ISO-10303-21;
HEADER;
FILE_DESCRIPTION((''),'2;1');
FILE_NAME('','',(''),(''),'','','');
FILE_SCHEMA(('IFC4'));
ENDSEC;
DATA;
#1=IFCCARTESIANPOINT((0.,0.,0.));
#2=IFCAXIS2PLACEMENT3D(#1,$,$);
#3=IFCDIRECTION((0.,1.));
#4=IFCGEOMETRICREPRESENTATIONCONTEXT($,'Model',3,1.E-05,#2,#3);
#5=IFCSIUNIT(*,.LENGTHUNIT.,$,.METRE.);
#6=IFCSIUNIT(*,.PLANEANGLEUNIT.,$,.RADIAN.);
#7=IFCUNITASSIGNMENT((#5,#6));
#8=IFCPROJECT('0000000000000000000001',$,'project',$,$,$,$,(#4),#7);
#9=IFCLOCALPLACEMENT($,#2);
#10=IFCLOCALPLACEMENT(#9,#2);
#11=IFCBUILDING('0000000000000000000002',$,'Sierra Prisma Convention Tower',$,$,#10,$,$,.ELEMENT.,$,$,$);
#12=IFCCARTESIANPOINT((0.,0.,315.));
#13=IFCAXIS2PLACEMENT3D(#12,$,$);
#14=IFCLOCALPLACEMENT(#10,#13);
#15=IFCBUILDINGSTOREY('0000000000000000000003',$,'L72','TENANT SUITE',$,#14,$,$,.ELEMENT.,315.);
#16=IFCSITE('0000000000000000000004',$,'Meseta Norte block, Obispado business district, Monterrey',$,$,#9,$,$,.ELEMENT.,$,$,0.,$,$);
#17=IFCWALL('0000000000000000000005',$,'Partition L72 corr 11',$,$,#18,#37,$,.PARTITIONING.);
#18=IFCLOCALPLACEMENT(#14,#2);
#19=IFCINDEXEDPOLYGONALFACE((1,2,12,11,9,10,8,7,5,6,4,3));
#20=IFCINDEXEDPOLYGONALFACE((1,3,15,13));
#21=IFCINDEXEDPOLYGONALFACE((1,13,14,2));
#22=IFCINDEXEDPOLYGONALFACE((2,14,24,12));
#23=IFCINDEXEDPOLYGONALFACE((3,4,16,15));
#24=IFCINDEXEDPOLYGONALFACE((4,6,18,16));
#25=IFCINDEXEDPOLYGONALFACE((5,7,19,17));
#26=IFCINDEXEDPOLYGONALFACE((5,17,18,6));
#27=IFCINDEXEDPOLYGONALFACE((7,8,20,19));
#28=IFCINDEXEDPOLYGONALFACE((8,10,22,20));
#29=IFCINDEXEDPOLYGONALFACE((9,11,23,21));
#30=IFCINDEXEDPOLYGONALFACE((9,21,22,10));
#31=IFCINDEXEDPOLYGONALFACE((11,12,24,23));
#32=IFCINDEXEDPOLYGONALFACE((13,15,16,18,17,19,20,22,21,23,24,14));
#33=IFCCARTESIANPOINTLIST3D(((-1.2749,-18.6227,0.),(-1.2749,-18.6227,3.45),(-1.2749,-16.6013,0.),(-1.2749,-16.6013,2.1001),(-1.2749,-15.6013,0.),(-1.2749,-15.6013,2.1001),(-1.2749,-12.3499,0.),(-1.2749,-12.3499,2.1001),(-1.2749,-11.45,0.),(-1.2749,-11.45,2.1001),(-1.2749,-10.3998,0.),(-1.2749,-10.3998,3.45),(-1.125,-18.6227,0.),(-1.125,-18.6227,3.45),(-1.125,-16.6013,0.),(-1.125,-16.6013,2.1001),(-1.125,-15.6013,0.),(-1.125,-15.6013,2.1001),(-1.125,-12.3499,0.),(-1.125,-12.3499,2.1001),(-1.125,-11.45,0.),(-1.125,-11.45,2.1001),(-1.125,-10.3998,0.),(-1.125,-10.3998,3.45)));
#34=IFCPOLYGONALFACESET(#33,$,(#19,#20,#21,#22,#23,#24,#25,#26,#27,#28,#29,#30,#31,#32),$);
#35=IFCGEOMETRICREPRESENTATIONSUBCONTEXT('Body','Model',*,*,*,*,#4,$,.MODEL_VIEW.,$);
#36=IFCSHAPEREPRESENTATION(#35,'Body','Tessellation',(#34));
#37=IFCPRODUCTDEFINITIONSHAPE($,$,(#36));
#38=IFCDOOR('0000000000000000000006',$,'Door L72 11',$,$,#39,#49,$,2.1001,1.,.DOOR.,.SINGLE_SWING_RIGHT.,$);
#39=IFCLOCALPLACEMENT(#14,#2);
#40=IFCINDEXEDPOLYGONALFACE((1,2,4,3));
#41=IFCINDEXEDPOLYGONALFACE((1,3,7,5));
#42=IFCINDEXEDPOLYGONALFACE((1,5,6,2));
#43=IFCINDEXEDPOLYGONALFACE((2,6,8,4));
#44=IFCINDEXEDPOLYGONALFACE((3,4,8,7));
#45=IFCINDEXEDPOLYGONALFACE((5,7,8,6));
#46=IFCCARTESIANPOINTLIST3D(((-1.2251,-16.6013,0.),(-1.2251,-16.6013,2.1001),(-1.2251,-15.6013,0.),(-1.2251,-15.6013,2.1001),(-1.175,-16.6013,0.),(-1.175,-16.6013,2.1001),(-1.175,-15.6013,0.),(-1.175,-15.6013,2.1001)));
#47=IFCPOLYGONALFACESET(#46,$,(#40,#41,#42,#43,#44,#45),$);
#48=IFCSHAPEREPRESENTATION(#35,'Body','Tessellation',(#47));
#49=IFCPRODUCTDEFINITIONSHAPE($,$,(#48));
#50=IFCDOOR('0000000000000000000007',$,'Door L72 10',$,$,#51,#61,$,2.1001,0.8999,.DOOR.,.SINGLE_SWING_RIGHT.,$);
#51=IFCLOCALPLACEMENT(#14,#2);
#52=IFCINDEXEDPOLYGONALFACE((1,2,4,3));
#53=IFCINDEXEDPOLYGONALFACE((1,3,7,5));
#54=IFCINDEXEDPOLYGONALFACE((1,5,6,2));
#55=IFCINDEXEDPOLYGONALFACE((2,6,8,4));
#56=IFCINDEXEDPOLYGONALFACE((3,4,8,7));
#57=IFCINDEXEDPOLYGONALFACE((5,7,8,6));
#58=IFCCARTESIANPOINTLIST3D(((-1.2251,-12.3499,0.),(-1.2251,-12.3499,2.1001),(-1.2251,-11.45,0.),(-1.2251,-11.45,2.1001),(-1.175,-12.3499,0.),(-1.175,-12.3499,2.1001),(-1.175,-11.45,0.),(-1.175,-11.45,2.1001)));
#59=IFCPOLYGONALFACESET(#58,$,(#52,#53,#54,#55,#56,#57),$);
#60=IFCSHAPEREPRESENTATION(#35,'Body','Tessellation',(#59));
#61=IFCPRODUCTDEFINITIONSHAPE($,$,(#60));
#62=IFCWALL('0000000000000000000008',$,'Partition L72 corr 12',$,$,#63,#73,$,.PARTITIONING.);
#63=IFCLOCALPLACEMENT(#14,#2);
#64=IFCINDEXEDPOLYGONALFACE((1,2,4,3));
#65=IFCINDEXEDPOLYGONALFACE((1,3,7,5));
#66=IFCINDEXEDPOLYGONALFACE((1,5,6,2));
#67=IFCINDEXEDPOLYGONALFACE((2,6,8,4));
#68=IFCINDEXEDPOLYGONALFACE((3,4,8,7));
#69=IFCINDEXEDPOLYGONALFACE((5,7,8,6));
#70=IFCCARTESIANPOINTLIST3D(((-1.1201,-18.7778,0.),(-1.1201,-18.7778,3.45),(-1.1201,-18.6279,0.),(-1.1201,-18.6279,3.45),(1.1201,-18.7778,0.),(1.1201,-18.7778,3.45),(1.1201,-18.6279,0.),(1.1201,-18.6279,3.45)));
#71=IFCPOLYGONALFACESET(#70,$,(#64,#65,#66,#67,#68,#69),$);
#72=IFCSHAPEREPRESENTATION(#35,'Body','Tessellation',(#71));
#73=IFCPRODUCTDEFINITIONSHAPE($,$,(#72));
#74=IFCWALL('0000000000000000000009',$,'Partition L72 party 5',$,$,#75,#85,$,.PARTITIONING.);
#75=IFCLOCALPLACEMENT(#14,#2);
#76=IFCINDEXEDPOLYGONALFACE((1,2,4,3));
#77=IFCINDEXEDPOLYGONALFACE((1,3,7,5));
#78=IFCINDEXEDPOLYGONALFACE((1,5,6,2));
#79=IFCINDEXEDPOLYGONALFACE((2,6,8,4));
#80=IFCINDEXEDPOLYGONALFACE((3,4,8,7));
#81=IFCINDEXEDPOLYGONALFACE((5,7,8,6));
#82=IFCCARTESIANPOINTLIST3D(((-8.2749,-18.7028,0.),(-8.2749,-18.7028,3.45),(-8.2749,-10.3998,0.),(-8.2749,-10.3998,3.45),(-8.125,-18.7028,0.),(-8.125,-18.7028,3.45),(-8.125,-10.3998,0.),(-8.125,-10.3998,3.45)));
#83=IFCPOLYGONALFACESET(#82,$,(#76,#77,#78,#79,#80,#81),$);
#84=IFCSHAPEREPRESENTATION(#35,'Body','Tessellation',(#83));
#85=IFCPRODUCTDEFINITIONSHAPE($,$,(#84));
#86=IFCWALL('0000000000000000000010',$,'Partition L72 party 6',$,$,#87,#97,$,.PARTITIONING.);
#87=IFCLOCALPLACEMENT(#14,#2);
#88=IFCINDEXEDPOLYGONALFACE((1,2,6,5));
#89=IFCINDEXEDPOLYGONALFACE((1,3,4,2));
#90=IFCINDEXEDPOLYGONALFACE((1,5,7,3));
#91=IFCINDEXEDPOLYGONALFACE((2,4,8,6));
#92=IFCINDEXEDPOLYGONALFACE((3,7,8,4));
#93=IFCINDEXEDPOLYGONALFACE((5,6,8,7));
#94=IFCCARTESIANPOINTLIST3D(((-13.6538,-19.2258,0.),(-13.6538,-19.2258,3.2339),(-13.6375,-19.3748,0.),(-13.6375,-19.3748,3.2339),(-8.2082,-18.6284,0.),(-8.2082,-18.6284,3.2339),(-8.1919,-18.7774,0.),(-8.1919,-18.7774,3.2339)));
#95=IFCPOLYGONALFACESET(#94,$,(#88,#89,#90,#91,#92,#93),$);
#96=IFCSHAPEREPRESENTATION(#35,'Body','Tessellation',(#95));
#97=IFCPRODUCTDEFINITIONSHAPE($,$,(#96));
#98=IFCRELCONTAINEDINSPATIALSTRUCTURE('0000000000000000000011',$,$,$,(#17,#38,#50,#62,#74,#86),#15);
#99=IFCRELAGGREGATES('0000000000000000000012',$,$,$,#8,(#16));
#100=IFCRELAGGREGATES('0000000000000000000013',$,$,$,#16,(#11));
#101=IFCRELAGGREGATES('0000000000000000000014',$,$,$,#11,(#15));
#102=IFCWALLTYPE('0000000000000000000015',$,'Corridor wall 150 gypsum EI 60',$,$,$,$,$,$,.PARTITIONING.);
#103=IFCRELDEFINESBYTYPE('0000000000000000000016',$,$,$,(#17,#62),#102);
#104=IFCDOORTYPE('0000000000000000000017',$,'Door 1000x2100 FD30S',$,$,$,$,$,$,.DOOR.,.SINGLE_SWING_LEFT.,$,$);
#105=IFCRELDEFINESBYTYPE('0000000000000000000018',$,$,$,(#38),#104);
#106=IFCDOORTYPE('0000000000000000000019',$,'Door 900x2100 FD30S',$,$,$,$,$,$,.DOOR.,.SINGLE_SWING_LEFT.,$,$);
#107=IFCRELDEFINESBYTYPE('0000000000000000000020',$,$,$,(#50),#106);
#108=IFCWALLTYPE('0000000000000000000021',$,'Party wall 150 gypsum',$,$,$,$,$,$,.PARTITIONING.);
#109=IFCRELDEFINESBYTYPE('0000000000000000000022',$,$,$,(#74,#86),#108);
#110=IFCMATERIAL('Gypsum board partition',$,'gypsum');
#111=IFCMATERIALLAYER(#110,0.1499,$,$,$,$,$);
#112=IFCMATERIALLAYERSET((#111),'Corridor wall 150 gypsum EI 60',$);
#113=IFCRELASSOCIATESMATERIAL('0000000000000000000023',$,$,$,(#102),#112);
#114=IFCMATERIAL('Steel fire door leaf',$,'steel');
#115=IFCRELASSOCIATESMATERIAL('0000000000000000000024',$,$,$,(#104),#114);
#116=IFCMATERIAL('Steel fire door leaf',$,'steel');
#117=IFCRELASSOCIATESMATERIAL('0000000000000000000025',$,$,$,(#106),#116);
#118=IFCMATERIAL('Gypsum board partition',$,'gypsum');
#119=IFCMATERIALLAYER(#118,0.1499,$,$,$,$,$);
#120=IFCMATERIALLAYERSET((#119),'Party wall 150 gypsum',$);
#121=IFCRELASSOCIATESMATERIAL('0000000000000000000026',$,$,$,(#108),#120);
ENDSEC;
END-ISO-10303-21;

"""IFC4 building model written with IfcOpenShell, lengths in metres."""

from ifc_helpers import new_model, si_unit, direction, frame, frame_2d, origin, place, context, subcontext, project, spatial, rectangle, extrude, material, layer, layer_set, type_object, element, fill, save


model = new_model("IFC4")

# Units and contexts
model_context = context("Model", 3, precision=1e-05, world=origin(), true_north=direction((0.0, 1.0)))
body_context = subcontext(model_context, "Body", "Model", "MODEL_VIEW")
ifc_project = project(units=[si_unit("LENGTHUNIT", "METRE"), si_unit("PLANEANGLEUNIT", "RADIAN")], contexts=[model_context])

# Site, building, storey
site_placement = place(None, origin())
site = spatial("IfcSite", under=ifc_project, at=site_placement, Name="Meseta Norte block, Obispado business district, Monterrey", CompositionType="ELEMENT", RefElevation=0.0)
building_placement = place(site_placement, origin())
building = spatial("IfcBuilding", under=site, at=building_placement, Name="Sierra Prisma Convention Tower", CompositionType="ELEMENT")
storey_placement = place(building_placement, frame((0.0, 0.0, 315.0)))
storey = spatial("IfcBuildingStorey", under=building, at=storey_placement, Name="L72", Description="TENANT SUITE", CompositionType="ELEMENT", Elevation=315.0)

# Shared definitions
ifc_material_1 = material(Name="Gypsum board partition", Category="gypsum")
ifc_layer_1 = layer(ifc_material_1, 0.1499)
ifc_layer_set_1 = layer_set([ifc_layer_1], Name="Corridor wall 150 gypsum EI 60")
wall_type_1 = type_object("IfcWallType", Name="Corridor wall 150 gypsum EI 60", PredefinedType="PARTITIONING", material=ifc_layer_set_1)
ifc_material_2 = material(Name="Steel fire door leaf", Category="steel")
door_type_1 = type_object("IfcDoorType", Name="Door 1000x2100 FD30S", OperationType="SINGLE_SWING_LEFT", PredefinedType="DOOR", material=ifc_material_2)

# Wall, openings, doors
wall_1_placement = place(storey_placement, frame((-1.2, -10.3999, 0.0), z_axis=(0.0, 0.0, 1.0), x_axis=(0.0, -1.0, 0.0)))
wall_1 = element("IfcWall", 1, at=wall_1_placement, inside=storey, type_object=wall_type_1, Name="Partition L72 corr 11", PredefinedType="PARTITIONING", context=body_context, shape_type="SweptSolid", body=[
    extrude(rectangle(XDim=8.2229, YDim=0.1499, at=frame_2d((4.1113, 0.0))), origin(), (0.0, 0.0, 1.0), 3.45),
])
opening_1_placement = place(wall_1_placement, frame((1.05, 0.0, 0.0)))
opening_1 = element("IfcOpeningElement", 2, at=opening_1_placement, cuts=wall_1, PredefinedType="OPENING", context=body_context, shape_type="SweptSolid", body=[
    extrude(rectangle(XDim=0.8999, YDim=2.1001, at=frame_2d((0.45, 1.05))), frame((0.0, 0.075, 0.0), z_axis=(0.0, -1.0, 0.0), x_axis=(1.0, 0.0, 0.0)), (0.0, 0.0, 1.0), 0.1499),
])
opening_2_placement = place(wall_1_placement, frame((5.2014, 0.0, 0.0)))
opening_2 = element("IfcOpeningElement", 3, at=opening_2_placement, cuts=wall_1, PredefinedType="OPENING", context=body_context, shape_type="SweptSolid", body=[
    extrude(rectangle(XDim=1.0, YDim=2.1001, at=frame_2d((0.5, 1.05))), frame((0.0, 0.075, 0.0), z_axis=(0.0, -1.0, 0.0), x_axis=(1.0, 0.0, 0.0)), (0.0, 0.0, 1.0), 0.1499),
])
door_1_placement = place(opening_2_placement, origin())
door_1 = element("IfcDoor", 4, at=door_1_placement, inside=storey, type_object=door_type_1, Name="Door L72 11", OperationType="SINGLE_SWING_RIGHT", OverallHeight=2.1001, OverallWidth=1.0, PredefinedType="DOOR", context=body_context, shape_type="SweptSolid", body=[
    extrude(rectangle(XDim=1.0, YDim=2.1001, at=frame_2d((0.5, 1.05))), frame((0.0, 0.0249, 0.0), z_axis=(0.0, -1.0, 0.0), x_axis=(1.0, 0.0, 0.0)), (0.0, 0.0, 1.0), 0.05),
])
fill(opening_2, door_1)
ifc_material_3 = material(Name="Steel fire door leaf", Category="steel")
door_type_2 = type_object("IfcDoorType", Name="Door 900x2100 FD30S", OperationType="SINGLE_SWING_LEFT", PredefinedType="DOOR", material=ifc_material_3)
door_2_placement = place(opening_1_placement, origin())
door_2 = element("IfcDoor", 5, at=door_2_placement, inside=storey, type_object=door_type_2, Name="Door L72 10", OperationType="SINGLE_SWING_RIGHT", OverallHeight=2.1001, OverallWidth=0.8999, PredefinedType="DOOR", context=body_context, shape_type="SweptSolid", body=[
    extrude(rectangle(XDim=0.8999, YDim=2.1001, at=frame_2d((0.45, 1.05))), frame((0.0, 0.0249, 0.0), z_axis=(0.0, -1.0, 0.0), x_axis=(1.0, 0.0, 0.0)), (0.0, 0.0, 1.0), 0.05),
])
fill(opening_1, door_2)

# Walls
wall_2_placement = place(storey_placement, frame((-1.1201, -18.7029, 0.0), z_axis=(0.0, 0.0, 1.0), x_axis=(1.0, 0.0, 0.0)))
element("IfcWall", 6, at=wall_2_placement, inside=storey, type_object=wall_type_1, Name="Partition L72 corr 12", PredefinedType="PARTITIONING", context=body_context, shape_type="SweptSolid", body=[
    extrude(rectangle(XDim=2.2402, YDim=0.1499, at=frame_2d((1.1201, 0.0))), origin(), (0.0, 0.0, 1.0), 3.45),
])
ifc_material_4 = material(Name="Gypsum board partition", Category="gypsum")
ifc_layer_2 = layer(ifc_material_4, 0.1499)
ifc_layer_set_2 = layer_set([ifc_layer_2], Name="Party wall 150 gypsum")
wall_type_2 = type_object("IfcWallType", Name="Party wall 150 gypsum", PredefinedType="PARTITIONING", material=ifc_layer_set_2)
wall_3_placement = place(storey_placement, frame((-8.2, -10.3999, 0.0), z_axis=(0.0, 0.0, 1.0), x_axis=(0.0, -1.0, 0.0)))
element("IfcWall", 7, at=wall_3_placement, inside=storey, type_object=wall_type_2, Name="Partition L72 party 5", PredefinedType="PARTITIONING", context=body_context, shape_type="SweptSolid", body=[
    extrude(rectangle(XDim=8.303, YDim=0.1499, at=frame_2d((4.1514, 0.0))), origin(), (0.0, 0.0, 1.0), 3.45),
])
wall_4_placement = place(storey_placement, frame((-8.2, -18.7029, 0.0), z_axis=(0.0, 0.0, 1.0), x_axis=(-0.994036, -0.109052, 0.0)))
element("IfcWall", 8, at=wall_4_placement, inside=storey, type_object=wall_type_2, Name="Partition L72 party 6", PredefinedType="PARTITIONING", context=body_context, shape_type="SweptSolid", body=[
    extrude(rectangle(XDim=5.4783, YDim=0.1499, at=frame_2d((2.7393, 0.0))), origin(), (0.0, 0.0, 1.0), 3.2339),
])

save(model, "model.ifc")
